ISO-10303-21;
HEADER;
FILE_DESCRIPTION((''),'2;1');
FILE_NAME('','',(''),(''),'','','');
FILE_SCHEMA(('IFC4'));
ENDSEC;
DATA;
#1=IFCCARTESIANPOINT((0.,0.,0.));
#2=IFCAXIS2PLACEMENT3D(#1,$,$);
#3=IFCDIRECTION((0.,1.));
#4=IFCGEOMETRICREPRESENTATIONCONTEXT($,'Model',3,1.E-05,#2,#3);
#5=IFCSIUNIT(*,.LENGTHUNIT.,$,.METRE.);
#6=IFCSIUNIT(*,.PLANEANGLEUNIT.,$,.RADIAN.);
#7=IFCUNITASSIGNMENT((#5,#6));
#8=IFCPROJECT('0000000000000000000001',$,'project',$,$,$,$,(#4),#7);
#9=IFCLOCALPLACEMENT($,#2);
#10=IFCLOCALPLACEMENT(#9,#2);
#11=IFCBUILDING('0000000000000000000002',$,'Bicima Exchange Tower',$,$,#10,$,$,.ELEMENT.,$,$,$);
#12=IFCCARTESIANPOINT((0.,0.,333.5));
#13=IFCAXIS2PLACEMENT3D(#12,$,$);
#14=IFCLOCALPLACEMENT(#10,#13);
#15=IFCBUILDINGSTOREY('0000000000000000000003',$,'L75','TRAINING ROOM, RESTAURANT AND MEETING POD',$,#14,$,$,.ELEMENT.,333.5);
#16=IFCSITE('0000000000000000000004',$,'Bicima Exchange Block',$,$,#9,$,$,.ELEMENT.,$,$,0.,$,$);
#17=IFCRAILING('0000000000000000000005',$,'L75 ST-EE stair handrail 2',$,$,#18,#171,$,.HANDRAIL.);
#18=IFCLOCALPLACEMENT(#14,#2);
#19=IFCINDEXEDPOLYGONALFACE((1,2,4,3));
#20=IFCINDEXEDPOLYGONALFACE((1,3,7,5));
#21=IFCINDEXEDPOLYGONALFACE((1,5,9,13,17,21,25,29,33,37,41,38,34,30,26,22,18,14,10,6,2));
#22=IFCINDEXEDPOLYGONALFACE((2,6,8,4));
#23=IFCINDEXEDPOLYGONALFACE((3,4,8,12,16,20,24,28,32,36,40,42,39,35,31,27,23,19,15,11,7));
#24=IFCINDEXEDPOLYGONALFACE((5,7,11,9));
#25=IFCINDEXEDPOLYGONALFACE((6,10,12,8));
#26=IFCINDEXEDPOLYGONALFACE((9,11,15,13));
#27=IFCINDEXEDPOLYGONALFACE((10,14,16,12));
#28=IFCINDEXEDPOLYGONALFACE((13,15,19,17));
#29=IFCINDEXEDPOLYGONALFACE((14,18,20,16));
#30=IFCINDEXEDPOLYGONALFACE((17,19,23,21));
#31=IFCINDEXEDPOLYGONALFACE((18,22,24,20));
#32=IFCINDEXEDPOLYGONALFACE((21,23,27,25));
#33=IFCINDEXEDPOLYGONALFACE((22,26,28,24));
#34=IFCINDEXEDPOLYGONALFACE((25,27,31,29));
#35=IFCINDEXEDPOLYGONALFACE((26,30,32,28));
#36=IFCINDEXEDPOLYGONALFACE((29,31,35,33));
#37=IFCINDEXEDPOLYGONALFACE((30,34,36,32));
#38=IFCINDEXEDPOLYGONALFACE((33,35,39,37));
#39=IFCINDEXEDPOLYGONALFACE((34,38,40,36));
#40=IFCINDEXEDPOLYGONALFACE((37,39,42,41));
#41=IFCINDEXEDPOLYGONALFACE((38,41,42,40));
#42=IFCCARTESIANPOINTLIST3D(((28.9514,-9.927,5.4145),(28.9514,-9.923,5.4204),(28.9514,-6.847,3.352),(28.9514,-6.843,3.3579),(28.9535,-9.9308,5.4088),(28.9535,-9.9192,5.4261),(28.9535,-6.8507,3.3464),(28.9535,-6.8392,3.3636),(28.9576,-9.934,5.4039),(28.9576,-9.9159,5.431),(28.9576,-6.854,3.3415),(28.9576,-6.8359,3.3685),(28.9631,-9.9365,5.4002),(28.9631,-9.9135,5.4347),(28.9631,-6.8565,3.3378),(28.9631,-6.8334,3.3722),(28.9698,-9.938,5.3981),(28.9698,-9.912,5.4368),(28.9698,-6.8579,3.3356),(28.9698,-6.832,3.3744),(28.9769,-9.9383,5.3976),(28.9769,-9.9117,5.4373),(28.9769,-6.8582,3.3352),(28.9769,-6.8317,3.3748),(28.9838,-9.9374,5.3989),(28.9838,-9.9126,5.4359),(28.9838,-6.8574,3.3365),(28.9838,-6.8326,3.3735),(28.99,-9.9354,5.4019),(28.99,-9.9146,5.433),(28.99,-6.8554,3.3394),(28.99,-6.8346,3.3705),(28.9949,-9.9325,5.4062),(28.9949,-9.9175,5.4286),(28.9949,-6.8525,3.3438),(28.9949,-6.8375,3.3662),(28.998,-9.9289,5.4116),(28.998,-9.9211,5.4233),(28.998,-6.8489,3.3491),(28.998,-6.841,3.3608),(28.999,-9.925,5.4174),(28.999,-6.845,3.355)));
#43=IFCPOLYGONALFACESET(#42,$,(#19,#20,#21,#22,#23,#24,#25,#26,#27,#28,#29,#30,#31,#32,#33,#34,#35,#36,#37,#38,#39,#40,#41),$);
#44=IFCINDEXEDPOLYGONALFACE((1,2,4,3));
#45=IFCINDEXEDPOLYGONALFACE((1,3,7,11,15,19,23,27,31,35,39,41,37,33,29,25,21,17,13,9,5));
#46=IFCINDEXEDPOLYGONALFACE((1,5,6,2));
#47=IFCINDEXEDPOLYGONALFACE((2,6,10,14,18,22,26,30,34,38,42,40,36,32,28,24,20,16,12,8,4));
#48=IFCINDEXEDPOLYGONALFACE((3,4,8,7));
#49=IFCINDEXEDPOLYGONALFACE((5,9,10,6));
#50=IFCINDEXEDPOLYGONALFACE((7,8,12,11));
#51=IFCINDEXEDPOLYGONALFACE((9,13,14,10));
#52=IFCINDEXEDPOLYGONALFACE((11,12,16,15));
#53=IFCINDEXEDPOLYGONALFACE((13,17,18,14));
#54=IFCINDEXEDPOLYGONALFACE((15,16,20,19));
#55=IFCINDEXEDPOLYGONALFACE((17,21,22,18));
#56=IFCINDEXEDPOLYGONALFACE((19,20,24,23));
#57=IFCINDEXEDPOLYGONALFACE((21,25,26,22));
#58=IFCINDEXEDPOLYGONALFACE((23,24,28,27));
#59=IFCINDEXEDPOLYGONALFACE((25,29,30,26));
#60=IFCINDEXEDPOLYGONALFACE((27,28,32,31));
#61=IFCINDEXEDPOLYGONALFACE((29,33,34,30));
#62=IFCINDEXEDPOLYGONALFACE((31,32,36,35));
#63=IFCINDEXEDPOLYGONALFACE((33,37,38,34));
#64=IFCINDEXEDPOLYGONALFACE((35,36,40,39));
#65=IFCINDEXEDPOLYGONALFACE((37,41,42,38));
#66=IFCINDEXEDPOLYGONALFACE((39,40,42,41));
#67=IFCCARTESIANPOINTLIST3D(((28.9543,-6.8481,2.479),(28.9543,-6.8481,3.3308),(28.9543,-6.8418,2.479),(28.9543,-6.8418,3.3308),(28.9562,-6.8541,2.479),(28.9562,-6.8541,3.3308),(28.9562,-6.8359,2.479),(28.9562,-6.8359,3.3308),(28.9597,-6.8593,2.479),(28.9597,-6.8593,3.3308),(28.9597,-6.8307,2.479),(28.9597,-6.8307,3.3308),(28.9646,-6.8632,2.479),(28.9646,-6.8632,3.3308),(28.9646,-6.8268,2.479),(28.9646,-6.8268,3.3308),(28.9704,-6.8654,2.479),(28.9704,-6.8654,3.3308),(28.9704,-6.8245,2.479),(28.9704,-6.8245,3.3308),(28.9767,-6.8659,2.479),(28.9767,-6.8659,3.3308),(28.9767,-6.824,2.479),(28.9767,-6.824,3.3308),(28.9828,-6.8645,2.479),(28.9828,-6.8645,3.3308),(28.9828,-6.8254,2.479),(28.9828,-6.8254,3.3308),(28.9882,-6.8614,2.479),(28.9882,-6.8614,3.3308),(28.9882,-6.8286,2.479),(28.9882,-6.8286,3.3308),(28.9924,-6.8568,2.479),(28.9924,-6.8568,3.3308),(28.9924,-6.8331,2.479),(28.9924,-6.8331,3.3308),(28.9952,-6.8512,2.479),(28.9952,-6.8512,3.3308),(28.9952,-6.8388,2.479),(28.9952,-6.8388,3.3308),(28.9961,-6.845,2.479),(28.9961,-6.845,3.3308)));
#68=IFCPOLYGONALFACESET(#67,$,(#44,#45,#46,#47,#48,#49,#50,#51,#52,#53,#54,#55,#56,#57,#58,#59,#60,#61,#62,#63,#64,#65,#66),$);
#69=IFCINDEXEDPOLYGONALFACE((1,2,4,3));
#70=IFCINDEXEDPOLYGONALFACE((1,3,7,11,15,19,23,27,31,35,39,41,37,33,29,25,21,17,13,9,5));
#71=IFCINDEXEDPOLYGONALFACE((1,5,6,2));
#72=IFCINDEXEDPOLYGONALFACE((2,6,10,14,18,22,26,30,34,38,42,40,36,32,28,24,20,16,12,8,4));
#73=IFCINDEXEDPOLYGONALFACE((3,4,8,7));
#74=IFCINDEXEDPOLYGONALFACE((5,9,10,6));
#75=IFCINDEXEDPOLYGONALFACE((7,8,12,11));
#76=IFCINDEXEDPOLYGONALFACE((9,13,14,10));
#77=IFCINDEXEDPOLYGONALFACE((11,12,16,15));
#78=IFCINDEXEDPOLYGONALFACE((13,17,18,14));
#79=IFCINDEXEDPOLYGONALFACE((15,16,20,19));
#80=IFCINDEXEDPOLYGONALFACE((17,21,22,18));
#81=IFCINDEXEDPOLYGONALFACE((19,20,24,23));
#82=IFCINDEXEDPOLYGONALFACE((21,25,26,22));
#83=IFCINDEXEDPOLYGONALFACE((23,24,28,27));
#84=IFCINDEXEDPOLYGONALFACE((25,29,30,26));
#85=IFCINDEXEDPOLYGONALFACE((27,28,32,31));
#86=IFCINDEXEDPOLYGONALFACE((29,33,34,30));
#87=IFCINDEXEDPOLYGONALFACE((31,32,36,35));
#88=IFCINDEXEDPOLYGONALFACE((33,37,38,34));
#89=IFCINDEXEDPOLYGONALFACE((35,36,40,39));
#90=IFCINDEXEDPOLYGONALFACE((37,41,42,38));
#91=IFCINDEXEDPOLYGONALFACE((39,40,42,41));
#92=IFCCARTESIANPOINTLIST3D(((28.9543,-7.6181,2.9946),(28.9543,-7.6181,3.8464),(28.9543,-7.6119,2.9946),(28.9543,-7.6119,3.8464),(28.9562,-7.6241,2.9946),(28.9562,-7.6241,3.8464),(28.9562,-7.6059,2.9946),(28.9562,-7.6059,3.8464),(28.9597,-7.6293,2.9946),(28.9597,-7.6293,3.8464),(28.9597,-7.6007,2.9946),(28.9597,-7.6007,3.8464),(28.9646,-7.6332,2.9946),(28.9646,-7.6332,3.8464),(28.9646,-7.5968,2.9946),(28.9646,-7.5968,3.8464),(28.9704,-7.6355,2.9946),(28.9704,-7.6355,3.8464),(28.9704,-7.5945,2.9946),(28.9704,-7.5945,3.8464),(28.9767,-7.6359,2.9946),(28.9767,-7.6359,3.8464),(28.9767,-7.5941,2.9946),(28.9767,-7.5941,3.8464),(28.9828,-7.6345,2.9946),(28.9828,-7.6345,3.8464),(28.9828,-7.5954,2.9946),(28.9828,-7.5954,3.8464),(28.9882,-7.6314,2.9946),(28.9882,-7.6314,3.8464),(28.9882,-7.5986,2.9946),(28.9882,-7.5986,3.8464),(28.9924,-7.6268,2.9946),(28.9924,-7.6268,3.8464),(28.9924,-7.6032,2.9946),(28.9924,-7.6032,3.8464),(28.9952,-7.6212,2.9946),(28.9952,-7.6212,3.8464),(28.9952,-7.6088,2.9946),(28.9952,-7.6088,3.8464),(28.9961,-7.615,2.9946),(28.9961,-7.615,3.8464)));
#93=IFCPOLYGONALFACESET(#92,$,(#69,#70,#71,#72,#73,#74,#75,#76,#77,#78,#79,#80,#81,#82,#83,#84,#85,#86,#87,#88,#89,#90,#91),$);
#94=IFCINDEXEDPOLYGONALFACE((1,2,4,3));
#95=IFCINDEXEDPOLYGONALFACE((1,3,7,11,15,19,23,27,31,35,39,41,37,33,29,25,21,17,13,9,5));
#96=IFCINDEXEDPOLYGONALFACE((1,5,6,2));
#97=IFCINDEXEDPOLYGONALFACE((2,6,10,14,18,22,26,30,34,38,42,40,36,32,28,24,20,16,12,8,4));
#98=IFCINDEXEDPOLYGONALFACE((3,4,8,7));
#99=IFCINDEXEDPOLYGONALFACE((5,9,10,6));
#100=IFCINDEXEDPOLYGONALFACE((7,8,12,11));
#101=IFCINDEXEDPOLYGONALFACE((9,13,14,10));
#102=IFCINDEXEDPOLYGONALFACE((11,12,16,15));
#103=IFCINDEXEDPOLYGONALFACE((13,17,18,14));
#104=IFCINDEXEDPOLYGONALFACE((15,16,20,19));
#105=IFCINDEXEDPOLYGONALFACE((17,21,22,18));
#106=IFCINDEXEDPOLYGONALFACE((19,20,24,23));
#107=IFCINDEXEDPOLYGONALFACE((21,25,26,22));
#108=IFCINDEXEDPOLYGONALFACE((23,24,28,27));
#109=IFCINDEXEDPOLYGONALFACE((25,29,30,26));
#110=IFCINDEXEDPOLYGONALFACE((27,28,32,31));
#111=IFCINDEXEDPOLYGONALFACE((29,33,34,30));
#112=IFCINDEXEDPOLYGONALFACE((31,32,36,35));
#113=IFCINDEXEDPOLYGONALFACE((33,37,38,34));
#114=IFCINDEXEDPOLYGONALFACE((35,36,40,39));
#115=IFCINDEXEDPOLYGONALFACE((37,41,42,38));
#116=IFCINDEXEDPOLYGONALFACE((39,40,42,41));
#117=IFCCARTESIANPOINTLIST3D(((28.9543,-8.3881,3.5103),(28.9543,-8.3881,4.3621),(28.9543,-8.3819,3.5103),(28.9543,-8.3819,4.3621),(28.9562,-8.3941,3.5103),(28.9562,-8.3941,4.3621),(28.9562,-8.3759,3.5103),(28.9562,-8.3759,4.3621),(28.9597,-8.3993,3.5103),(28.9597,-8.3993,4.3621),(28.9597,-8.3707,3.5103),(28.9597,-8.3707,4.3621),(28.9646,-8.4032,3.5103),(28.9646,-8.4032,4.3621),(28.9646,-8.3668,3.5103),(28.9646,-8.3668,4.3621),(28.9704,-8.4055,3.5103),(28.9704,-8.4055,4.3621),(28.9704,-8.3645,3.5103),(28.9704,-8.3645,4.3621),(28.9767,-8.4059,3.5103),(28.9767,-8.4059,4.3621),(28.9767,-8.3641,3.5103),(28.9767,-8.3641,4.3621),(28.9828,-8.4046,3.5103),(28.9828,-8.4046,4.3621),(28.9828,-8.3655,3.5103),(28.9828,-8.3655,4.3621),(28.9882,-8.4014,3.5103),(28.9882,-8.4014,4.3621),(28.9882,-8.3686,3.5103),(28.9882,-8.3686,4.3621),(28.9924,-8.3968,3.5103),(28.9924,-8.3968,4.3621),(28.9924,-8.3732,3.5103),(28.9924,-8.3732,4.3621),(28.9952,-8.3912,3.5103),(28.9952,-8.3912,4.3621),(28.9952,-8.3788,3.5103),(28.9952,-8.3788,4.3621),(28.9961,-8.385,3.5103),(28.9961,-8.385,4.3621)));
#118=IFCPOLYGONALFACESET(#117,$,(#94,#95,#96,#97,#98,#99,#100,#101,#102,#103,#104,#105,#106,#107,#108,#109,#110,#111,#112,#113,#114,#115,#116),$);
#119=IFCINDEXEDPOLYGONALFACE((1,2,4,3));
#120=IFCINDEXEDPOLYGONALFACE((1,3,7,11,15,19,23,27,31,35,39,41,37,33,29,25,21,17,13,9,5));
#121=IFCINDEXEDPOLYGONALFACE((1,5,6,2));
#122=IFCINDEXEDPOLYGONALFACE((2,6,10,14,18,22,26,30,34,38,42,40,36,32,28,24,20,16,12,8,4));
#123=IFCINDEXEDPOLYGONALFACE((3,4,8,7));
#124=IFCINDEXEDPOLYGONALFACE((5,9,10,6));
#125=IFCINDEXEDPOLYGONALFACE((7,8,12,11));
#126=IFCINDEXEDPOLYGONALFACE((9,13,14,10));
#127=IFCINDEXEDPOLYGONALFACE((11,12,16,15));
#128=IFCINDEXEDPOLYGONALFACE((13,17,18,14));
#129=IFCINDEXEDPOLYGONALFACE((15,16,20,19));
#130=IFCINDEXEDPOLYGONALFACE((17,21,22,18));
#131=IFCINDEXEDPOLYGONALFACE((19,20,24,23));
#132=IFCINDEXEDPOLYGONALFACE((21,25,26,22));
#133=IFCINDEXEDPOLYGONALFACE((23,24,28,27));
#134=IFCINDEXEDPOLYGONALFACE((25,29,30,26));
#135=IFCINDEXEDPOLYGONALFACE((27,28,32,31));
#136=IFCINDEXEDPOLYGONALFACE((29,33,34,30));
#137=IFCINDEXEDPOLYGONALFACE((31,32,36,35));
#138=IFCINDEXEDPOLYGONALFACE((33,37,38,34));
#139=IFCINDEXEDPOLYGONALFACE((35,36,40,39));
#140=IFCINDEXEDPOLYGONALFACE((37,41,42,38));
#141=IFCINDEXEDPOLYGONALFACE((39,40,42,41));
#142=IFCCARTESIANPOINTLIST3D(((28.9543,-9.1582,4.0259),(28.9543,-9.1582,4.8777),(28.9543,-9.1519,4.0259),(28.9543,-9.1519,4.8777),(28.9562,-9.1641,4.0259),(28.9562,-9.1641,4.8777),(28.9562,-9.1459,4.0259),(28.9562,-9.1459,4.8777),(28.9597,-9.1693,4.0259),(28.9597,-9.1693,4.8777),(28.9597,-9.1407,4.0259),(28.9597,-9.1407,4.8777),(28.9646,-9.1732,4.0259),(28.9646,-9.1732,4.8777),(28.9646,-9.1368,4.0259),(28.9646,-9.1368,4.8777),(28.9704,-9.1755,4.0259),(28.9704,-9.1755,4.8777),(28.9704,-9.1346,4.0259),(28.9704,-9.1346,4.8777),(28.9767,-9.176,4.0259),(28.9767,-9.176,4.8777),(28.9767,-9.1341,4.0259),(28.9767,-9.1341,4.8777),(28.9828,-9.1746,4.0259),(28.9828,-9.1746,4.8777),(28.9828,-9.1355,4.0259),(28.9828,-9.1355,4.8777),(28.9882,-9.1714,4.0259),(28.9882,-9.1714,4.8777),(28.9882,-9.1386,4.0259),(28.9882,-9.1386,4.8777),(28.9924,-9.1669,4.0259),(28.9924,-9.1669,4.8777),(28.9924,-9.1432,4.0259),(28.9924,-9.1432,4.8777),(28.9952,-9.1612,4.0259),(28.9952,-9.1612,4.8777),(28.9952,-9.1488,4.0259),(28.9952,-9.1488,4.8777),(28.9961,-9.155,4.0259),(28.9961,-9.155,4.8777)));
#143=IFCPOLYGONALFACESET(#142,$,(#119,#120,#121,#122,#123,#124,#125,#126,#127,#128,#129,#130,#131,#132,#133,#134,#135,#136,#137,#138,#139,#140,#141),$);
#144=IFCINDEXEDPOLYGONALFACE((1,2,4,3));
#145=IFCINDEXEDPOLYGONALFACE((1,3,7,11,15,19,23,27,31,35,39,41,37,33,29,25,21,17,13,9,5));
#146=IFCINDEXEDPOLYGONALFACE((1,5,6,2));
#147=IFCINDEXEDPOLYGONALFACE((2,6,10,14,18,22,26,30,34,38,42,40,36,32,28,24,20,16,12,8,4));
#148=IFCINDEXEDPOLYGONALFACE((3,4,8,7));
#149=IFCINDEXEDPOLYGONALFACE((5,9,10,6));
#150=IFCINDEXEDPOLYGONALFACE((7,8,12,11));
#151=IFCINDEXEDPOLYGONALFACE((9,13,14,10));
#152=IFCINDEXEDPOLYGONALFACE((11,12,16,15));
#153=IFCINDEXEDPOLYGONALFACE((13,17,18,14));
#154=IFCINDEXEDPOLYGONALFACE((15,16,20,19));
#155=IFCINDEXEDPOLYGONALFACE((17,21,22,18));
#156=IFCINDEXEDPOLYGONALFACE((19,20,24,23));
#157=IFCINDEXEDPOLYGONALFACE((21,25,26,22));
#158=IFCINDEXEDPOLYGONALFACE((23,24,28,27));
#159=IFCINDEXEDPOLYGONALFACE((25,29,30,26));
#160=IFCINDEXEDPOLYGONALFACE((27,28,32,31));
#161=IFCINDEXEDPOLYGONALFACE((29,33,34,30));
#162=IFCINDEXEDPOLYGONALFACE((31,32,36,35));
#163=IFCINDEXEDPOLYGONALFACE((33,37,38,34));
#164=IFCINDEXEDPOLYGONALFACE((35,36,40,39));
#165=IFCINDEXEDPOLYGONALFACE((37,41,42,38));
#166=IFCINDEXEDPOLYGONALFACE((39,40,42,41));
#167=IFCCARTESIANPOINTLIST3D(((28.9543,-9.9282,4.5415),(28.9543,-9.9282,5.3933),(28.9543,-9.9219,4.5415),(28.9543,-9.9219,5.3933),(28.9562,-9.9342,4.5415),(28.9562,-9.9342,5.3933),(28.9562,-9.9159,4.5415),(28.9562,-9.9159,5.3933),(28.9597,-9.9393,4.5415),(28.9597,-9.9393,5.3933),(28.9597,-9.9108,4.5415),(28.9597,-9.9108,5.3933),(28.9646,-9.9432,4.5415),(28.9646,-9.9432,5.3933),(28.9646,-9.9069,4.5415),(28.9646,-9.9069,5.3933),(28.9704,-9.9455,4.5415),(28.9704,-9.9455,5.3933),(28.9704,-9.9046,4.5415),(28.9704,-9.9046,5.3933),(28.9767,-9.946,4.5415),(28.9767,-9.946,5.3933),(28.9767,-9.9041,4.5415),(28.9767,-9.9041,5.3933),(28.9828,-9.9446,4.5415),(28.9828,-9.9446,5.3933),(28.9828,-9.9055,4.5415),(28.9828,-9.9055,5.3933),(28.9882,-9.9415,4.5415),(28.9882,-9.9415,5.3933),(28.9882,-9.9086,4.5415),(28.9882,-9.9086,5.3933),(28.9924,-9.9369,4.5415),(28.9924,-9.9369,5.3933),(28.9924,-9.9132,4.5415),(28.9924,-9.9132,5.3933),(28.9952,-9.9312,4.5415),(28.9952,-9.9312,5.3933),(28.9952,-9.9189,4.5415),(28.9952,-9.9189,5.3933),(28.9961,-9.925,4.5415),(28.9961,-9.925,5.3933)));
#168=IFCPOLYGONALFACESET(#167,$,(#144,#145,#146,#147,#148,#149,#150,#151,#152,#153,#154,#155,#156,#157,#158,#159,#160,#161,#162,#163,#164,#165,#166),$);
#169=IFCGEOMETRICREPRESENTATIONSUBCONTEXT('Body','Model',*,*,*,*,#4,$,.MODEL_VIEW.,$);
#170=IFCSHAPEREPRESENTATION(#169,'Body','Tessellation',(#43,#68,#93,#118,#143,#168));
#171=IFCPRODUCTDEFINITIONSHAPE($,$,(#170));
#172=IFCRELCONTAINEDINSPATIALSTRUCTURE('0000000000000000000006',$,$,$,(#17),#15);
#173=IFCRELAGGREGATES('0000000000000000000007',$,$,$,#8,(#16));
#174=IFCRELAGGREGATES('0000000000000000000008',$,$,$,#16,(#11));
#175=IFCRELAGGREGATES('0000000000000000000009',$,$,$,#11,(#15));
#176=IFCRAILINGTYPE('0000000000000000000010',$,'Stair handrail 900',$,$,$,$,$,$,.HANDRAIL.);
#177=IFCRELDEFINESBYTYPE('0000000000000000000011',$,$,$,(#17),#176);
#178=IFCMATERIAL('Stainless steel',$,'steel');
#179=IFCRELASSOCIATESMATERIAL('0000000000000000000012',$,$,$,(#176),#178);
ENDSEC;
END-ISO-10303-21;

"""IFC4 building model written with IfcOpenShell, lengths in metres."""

from ifc_helpers import new_model, si_unit, direction, frame, origin, origin_2d, place, context, subcontext, project, spatial, circle, extrude, material, type_object, element, save


model = new_model("IFC4")

# Units and contexts
model_context = context("Model", 3, precision=1e-05, world=origin(), true_north=direction((0.0, 1.0)))
body_context = subcontext(model_context, "Body", "Model", "MODEL_VIEW")
ifc_project = project(units=[si_unit("LENGTHUNIT", "METRE"), si_unit("PLANEANGLEUNIT", "RADIAN")], contexts=[model_context])

# Site, building, storey
site_placement = place(None, origin())
site = spatial("IfcSite", under=ifc_project, at=site_placement, Name="Bicima Exchange Block", CompositionType="ELEMENT", RefElevation=0.0)
building_placement = place(site_placement, origin())
building = spatial("IfcBuilding", under=site, at=building_placement, Name="Bicima Exchange Tower", CompositionType="ELEMENT")
storey_placement = place(building_placement, frame((0.0, 0.0, 333.5)))
storey = spatial("IfcBuildingStorey", under=building, at=storey_placement, Name="L75", Description="TRAINING ROOM, RESTAURANT AND MEETING POD", CompositionType="ELEMENT", Elevation=333.5)

# Railing
ifc_material_1 = material(Name="Stainless steel", Category="steel")
railing_type_1 = type_object("IfcRailingType", Name="Stair handrail 900", PredefinedType="HANDRAIL", material=ifc_material_1)
for number, where, name in (
    (1, (28.9751, -6.845, 2.479), "L75 ST-EE stair handrail 2"),
):
    element("IfcRailing", number, at=place(storey_placement, frame(where)), inside=storey, type_object=railing_type_1, Name=name, PredefinedType="HANDRAIL", context=body_context, shape_type="SweptSolid", body=[
        extrude(circle(Radius=0.0239, at=origin_2d()), frame((0.0, 0.0, 0.876), z_axis=(0.0, -0.830914, 0.556401), x_axis=(1.0, 0.0, 0.0)), (0.0, 0.0, 1.0), 3.7068),
        extrude(circle(Radius=0.021, at=origin_2d()), origin(), (0.0, 0.0, 1.0), 0.8518),
        extrude(circle(Radius=0.021, at=origin_2d()), frame((0.0, -0.77, 0.5156)), (0.0, 0.0, 1.0), 0.8518),
        extrude(circle(Radius=0.021, at=origin_2d()), frame((0.0, -1.54, 1.0312)), (0.0, 0.0, 1.0), 0.8518),
        extrude(circle(Radius=0.021, at=origin_2d()), frame((0.0, -2.3101, 1.5469)), (0.0, 0.0, 1.0), 0.8518),
        extrude(circle(Radius=0.021, at=origin_2d()), frame((0.0, -3.0801, 2.0625)), (0.0, 0.0, 1.0), 0.8518),
    ])

save(model, "model.ifc")
